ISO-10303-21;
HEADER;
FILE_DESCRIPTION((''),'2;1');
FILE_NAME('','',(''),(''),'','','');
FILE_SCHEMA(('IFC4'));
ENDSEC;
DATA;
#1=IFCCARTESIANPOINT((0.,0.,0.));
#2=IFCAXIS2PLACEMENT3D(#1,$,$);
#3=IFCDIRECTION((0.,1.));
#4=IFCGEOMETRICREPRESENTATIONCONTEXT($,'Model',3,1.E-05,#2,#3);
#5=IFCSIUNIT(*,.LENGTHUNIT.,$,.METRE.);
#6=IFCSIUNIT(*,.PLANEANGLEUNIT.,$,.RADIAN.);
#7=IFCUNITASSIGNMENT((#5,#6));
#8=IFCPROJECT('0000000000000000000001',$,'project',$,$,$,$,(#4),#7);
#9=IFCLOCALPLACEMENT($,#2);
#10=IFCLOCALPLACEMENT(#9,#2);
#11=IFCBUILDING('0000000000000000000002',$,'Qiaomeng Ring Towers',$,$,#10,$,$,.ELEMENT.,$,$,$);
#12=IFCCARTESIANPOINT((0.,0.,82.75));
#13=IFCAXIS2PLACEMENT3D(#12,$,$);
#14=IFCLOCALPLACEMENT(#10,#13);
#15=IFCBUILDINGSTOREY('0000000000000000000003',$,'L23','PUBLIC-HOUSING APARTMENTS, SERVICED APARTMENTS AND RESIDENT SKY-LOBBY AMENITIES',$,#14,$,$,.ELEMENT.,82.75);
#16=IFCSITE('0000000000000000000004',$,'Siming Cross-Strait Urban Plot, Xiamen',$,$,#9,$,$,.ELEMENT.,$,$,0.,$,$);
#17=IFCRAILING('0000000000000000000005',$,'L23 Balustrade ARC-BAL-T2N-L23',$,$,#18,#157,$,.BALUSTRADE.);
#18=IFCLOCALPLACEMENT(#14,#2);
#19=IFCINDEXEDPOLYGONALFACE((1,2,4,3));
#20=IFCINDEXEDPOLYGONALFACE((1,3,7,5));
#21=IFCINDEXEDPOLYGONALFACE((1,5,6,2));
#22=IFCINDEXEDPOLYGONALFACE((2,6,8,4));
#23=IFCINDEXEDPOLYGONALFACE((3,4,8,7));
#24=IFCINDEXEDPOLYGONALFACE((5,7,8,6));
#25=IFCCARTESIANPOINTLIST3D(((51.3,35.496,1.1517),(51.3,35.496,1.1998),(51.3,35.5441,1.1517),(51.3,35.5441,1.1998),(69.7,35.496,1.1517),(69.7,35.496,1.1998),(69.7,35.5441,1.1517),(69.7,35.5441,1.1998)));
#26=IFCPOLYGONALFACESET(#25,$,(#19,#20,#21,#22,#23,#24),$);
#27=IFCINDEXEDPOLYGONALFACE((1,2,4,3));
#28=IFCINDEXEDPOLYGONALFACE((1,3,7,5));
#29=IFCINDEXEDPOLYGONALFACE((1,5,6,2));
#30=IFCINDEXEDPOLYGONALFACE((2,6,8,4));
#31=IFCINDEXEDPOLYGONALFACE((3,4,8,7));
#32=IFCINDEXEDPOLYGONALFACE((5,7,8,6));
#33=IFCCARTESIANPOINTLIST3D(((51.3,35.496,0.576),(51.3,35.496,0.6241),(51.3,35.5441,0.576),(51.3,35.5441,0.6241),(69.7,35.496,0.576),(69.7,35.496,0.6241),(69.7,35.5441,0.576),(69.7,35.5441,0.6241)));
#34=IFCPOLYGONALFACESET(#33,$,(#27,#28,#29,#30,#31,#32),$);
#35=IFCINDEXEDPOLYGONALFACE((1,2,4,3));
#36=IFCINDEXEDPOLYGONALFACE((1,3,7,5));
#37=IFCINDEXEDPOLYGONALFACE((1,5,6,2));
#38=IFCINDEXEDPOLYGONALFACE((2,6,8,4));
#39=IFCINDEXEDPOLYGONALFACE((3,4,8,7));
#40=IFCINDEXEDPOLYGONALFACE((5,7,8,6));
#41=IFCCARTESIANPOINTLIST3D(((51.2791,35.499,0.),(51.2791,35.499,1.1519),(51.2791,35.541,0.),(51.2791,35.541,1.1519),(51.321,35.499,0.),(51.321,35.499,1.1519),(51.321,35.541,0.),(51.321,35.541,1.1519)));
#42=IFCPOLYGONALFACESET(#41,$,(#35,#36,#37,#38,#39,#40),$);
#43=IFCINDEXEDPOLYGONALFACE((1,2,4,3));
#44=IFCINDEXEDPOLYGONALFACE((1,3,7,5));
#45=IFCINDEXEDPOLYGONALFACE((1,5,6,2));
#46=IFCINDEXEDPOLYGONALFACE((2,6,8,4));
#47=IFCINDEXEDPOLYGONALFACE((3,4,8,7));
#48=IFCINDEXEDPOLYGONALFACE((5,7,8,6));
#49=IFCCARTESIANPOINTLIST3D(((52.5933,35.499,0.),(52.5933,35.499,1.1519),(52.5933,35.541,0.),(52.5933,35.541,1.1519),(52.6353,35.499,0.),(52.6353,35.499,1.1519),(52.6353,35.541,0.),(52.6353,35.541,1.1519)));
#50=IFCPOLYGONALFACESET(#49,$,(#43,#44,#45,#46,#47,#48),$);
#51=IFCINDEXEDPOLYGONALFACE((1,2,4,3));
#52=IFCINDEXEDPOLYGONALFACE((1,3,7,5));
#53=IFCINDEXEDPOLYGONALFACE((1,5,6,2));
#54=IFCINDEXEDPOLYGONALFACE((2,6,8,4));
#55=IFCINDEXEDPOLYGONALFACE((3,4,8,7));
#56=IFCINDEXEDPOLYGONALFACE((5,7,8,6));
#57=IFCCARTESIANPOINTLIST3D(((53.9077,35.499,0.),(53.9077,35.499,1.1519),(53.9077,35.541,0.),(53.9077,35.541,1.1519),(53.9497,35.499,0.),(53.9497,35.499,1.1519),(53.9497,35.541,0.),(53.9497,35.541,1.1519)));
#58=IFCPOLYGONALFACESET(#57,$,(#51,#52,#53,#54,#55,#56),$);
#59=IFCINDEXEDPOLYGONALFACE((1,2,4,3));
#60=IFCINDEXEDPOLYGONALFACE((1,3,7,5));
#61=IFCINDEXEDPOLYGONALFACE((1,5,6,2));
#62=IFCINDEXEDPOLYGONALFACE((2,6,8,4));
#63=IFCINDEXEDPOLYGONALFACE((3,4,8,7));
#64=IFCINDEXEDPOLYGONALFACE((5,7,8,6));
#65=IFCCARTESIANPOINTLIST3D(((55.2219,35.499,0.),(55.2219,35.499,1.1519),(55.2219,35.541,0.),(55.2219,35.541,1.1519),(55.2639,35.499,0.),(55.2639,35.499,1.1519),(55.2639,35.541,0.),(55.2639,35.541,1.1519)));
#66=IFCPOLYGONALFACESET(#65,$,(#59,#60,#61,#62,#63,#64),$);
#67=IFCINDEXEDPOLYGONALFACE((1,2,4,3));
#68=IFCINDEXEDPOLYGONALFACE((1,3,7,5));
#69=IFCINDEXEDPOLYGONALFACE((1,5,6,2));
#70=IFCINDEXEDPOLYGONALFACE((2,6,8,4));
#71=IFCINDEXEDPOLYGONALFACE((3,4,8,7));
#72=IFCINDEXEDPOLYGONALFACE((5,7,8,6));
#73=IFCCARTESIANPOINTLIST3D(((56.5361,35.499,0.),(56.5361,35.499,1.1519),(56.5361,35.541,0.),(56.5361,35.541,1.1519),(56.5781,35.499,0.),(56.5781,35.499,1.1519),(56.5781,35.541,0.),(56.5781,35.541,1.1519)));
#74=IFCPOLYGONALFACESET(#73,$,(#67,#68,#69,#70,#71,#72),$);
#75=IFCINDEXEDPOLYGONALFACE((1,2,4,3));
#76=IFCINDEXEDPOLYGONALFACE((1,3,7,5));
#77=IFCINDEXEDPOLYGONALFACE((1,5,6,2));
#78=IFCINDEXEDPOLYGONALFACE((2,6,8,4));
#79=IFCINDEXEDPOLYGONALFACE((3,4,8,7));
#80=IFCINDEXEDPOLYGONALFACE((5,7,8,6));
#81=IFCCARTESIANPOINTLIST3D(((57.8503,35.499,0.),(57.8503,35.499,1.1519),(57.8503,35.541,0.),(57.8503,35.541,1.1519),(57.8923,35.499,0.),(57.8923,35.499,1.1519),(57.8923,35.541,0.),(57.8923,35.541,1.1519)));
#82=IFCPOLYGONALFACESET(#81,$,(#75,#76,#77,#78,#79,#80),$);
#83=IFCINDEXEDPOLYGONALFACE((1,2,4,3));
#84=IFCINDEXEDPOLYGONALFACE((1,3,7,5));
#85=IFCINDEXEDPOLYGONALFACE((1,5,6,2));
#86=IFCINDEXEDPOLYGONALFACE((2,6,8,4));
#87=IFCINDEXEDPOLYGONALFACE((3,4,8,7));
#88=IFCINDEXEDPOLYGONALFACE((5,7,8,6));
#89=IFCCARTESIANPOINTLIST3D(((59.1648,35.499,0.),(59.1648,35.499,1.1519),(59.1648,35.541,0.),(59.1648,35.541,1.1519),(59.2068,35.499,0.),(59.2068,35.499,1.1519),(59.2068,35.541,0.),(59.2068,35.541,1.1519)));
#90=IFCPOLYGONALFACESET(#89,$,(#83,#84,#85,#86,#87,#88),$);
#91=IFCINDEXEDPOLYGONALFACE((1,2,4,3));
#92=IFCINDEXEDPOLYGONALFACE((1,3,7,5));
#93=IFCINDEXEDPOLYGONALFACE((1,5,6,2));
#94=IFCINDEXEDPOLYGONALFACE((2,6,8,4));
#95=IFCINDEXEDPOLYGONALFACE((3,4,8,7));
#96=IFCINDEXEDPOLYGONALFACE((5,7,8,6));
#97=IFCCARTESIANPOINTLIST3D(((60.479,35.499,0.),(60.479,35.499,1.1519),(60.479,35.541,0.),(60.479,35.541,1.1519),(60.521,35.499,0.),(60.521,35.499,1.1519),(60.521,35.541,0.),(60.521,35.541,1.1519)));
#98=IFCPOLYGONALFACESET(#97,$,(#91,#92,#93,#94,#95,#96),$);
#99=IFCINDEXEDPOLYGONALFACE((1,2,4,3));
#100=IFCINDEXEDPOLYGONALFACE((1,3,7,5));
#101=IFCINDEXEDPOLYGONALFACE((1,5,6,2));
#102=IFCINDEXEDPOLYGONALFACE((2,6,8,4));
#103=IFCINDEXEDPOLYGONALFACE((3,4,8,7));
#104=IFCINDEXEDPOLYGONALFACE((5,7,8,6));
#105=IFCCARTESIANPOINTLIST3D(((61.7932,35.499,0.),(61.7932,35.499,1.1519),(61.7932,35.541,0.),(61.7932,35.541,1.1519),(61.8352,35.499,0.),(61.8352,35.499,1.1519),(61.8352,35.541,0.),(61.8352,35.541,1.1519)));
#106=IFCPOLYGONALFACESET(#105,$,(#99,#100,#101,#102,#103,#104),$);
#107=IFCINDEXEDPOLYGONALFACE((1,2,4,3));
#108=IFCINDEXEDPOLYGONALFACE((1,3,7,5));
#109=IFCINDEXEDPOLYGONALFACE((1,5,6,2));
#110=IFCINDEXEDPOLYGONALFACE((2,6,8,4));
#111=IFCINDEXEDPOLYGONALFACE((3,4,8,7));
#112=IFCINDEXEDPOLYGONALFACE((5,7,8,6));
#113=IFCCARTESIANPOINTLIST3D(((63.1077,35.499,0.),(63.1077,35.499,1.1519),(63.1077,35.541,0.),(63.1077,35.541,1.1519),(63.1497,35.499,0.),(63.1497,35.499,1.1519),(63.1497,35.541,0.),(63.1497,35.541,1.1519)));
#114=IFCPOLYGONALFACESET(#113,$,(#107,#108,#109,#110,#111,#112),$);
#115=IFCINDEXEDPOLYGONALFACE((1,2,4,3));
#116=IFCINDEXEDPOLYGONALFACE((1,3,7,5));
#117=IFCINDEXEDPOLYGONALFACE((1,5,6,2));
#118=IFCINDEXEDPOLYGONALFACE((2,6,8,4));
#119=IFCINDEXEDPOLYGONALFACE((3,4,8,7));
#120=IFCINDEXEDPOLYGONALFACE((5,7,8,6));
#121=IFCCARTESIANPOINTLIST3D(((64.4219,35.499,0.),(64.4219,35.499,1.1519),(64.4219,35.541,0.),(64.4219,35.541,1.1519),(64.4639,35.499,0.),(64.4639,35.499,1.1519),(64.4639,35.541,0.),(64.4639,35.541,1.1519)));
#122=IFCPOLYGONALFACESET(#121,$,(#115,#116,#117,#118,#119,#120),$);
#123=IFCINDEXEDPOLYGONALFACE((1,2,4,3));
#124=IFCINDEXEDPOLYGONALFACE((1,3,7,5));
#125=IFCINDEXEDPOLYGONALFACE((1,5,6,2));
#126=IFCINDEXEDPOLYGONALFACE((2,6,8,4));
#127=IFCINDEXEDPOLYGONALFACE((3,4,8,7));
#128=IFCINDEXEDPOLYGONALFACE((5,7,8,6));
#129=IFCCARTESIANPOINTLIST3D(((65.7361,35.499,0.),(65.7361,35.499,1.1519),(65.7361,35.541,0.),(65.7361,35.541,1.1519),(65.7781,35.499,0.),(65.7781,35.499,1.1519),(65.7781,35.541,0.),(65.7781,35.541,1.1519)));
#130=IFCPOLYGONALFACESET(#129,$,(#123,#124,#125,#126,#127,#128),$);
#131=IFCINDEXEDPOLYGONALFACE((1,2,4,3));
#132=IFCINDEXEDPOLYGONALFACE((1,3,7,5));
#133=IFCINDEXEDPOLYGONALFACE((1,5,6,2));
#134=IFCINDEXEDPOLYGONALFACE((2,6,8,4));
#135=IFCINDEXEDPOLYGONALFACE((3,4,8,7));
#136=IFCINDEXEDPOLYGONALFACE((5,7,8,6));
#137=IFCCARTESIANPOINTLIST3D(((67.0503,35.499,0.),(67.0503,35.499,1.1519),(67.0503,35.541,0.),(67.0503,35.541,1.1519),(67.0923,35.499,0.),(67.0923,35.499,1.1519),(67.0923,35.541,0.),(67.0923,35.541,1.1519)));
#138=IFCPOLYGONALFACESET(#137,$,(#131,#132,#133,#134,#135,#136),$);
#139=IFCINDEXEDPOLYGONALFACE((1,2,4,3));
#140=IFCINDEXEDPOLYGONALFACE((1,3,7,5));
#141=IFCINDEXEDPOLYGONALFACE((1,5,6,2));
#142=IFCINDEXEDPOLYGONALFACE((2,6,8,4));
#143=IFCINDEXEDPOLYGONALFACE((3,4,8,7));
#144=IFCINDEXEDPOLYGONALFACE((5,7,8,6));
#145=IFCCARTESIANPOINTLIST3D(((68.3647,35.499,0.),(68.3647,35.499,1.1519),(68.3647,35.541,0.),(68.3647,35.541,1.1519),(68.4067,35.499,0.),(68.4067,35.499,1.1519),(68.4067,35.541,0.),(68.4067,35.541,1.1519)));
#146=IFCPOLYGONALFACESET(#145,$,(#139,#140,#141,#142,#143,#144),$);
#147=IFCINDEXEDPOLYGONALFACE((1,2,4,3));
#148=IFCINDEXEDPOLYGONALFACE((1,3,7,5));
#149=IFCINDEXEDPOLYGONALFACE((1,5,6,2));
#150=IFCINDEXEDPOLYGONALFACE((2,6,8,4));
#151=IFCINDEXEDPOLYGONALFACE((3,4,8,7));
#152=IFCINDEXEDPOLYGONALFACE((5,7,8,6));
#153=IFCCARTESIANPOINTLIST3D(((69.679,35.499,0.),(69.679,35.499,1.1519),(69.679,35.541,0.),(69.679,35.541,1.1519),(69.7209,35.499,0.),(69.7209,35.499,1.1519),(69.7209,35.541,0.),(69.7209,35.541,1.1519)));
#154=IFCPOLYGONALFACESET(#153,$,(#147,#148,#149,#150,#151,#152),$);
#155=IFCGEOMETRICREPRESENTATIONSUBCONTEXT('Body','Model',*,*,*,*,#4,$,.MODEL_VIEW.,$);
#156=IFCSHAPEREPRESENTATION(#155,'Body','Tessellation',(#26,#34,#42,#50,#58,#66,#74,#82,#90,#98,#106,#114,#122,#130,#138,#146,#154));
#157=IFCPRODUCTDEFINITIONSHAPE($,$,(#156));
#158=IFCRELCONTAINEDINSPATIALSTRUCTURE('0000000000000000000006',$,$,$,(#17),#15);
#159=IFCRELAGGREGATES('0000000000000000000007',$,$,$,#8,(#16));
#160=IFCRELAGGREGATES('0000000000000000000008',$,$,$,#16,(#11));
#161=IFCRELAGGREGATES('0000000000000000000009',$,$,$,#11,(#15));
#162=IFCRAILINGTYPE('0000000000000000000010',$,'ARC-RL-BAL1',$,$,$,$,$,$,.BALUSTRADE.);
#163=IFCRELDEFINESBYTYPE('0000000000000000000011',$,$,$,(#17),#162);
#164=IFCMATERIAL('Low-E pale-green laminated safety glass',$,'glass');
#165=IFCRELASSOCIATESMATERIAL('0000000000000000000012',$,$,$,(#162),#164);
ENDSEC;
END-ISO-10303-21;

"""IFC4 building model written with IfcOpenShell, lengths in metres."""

from ifc_helpers import new_model, si_unit, direction, frame, origin, origin_2d, place, context, subcontext, project, spatial, rectangle, extrude, material, type_object, element, save


model = new_model("IFC4")

# Units and contexts
model_context = context("Model", 3, precision=1e-05, world=origin(), true_north=direction((0.0, 1.0)))
body_context = subcontext(model_context, "Body", "Model", "MODEL_VIEW")
ifc_project = project(units=[si_unit("LENGTHUNIT", "METRE"), si_unit("PLANEANGLEUNIT", "RADIAN")], contexts=[model_context])

# Site, building, storey
site_placement = place(None, origin())
site = spatial("IfcSite", under=ifc_project, at=site_placement, Name="Siming Cross-Strait Urban Plot, Xiamen", CompositionType="ELEMENT", RefElevation=0.0)
building_placement = place(site_placement, origin())
building = spatial("IfcBuilding", under=site, at=building_placement, Name="Qiaomeng Ring Towers", CompositionType="ELEMENT")
storey_placement = place(building_placement, frame((0.0, 0.0, 82.75)))
storey = spatial("IfcBuildingStorey", under=building, at=storey_placement, Name="L23", Description="PUBLIC-HOUSING APARTMENTS, SERVICED APARTMENTS AND RESIDENT SKY-LOBBY AMENITIES", CompositionType="ELEMENT", Elevation=82.75)

# Railing
ifc_material_1 = material(Name="Low-E pale-green laminated safety glass", Category="glass")
railing_type = type_object("IfcRailingType", Name="ARC-RL-BAL1", PredefinedType="BALUSTRADE", material=ifc_material_1)
railing_1_placement = place(storey_placement, frame((51.3, 35.52, 0.0)))
element("IfcRailing", 1, at=railing_1_placement, inside=storey, type_object=railing_type, Name="L23 Balustrade ARC-BAL-T2N-L23", PredefinedType="BALUSTRADE", context=body_context, shape_type="SweptSolid", body=[
    extrude(rectangle(XDim=0.0481, YDim=0.0481, at=origin_2d()), frame((0.0, 0.0, 1.1758), z_axis=(1.0, 0.0, 0.0), x_axis=(0.0, 1.0, 0.0)), (0.0, 0.0, 1.0), 18.3999),
    extrude(rectangle(XDim=0.0481, YDim=0.0481, at=origin_2d()), frame((0.0, 0.0, 0.6001), z_axis=(1.0, 0.0, 0.0), x_axis=(0.0, 1.0, 0.0)), (0.0, 0.0, 1.0), 18.3999),
    extrude(rectangle(XDim=0.042, YDim=0.042, at=origin_2d()), origin(), (0.0, 0.0, 1.0), 1.1519),
    extrude(rectangle(XDim=0.042, YDim=0.042, at=origin_2d()), frame((1.3142, 0.0, 0.0)), (0.0, 0.0, 1.0), 1.1519),
    extrude(rectangle(XDim=0.042, YDim=0.042, at=origin_2d()), frame((2.6287, 0.0, 0.0)), (0.0, 0.0, 1.0), 1.1519),
    extrude(rectangle(XDim=0.042, YDim=0.042, at=origin_2d()), frame((3.9429, 0.0, 0.0)), (0.0, 0.0, 1.0), 1.1519),
    extrude(rectangle(XDim=0.042, YDim=0.042, at=origin_2d()), frame((5.2571, 0.0, 0.0)), (0.0, 0.0, 1.0), 1.1519),
    extrude(rectangle(XDim=0.042, YDim=0.042, at=origin_2d()), frame((6.5713, 0.0, 0.0)), (0.0, 0.0, 1.0), 1.1519),
    extrude(rectangle(XDim=0.042, YDim=0.042, at=origin_2d()), frame((7.8857, 0.0, 0.0)), (0.0, 0.0, 1.0), 1.1519),
    extrude(rectangle(XDim=0.042, YDim=0.042, at=origin_2d()), frame((9.2, 0.0, 0.0)), (0.0, 0.0, 1.0), 1.1519),
    extrude(rectangle(XDim=0.042, YDim=0.042, at=origin_2d()), frame((10.5142, 0.0, 0.0)), (0.0, 0.0, 1.0), 1.1519),
    extrude(rectangle(XDim=0.042, YDim=0.042, at=origin_2d()), frame((11.8286, 0.0, 0.0)), (0.0, 0.0, 1.0), 1.1519),
    extrude(rectangle(XDim=0.042, YDim=0.042, at=origin_2d()), frame((13.1428, 0.0, 0.0)), (0.0, 0.0, 1.0), 1.1519),
    extrude(rectangle(XDim=0.042, YDim=0.042, at=origin_2d()), frame((14.457, 0.0, 0.0)), (0.0, 0.0, 1.0), 1.1519),
    extrude(rectangle(XDim=0.042, YDim=0.042, at=origin_2d()), frame((15.7712, 0.0, 0.0)), (0.0, 0.0, 1.0), 1.1519),
    extrude(rectangle(XDim=0.042, YDim=0.042, at=origin_2d()), frame((17.0857, 0.0, 0.0)), (0.0, 0.0, 1.0), 1.1519),
    extrude(rectangle(XDim=0.042, YDim=0.042, at=origin_2d()), frame((18.3999, 0.0, 0.0)), (0.0, 0.0, 1.0), 1.1519),
])

save(model, "model.ifc")
